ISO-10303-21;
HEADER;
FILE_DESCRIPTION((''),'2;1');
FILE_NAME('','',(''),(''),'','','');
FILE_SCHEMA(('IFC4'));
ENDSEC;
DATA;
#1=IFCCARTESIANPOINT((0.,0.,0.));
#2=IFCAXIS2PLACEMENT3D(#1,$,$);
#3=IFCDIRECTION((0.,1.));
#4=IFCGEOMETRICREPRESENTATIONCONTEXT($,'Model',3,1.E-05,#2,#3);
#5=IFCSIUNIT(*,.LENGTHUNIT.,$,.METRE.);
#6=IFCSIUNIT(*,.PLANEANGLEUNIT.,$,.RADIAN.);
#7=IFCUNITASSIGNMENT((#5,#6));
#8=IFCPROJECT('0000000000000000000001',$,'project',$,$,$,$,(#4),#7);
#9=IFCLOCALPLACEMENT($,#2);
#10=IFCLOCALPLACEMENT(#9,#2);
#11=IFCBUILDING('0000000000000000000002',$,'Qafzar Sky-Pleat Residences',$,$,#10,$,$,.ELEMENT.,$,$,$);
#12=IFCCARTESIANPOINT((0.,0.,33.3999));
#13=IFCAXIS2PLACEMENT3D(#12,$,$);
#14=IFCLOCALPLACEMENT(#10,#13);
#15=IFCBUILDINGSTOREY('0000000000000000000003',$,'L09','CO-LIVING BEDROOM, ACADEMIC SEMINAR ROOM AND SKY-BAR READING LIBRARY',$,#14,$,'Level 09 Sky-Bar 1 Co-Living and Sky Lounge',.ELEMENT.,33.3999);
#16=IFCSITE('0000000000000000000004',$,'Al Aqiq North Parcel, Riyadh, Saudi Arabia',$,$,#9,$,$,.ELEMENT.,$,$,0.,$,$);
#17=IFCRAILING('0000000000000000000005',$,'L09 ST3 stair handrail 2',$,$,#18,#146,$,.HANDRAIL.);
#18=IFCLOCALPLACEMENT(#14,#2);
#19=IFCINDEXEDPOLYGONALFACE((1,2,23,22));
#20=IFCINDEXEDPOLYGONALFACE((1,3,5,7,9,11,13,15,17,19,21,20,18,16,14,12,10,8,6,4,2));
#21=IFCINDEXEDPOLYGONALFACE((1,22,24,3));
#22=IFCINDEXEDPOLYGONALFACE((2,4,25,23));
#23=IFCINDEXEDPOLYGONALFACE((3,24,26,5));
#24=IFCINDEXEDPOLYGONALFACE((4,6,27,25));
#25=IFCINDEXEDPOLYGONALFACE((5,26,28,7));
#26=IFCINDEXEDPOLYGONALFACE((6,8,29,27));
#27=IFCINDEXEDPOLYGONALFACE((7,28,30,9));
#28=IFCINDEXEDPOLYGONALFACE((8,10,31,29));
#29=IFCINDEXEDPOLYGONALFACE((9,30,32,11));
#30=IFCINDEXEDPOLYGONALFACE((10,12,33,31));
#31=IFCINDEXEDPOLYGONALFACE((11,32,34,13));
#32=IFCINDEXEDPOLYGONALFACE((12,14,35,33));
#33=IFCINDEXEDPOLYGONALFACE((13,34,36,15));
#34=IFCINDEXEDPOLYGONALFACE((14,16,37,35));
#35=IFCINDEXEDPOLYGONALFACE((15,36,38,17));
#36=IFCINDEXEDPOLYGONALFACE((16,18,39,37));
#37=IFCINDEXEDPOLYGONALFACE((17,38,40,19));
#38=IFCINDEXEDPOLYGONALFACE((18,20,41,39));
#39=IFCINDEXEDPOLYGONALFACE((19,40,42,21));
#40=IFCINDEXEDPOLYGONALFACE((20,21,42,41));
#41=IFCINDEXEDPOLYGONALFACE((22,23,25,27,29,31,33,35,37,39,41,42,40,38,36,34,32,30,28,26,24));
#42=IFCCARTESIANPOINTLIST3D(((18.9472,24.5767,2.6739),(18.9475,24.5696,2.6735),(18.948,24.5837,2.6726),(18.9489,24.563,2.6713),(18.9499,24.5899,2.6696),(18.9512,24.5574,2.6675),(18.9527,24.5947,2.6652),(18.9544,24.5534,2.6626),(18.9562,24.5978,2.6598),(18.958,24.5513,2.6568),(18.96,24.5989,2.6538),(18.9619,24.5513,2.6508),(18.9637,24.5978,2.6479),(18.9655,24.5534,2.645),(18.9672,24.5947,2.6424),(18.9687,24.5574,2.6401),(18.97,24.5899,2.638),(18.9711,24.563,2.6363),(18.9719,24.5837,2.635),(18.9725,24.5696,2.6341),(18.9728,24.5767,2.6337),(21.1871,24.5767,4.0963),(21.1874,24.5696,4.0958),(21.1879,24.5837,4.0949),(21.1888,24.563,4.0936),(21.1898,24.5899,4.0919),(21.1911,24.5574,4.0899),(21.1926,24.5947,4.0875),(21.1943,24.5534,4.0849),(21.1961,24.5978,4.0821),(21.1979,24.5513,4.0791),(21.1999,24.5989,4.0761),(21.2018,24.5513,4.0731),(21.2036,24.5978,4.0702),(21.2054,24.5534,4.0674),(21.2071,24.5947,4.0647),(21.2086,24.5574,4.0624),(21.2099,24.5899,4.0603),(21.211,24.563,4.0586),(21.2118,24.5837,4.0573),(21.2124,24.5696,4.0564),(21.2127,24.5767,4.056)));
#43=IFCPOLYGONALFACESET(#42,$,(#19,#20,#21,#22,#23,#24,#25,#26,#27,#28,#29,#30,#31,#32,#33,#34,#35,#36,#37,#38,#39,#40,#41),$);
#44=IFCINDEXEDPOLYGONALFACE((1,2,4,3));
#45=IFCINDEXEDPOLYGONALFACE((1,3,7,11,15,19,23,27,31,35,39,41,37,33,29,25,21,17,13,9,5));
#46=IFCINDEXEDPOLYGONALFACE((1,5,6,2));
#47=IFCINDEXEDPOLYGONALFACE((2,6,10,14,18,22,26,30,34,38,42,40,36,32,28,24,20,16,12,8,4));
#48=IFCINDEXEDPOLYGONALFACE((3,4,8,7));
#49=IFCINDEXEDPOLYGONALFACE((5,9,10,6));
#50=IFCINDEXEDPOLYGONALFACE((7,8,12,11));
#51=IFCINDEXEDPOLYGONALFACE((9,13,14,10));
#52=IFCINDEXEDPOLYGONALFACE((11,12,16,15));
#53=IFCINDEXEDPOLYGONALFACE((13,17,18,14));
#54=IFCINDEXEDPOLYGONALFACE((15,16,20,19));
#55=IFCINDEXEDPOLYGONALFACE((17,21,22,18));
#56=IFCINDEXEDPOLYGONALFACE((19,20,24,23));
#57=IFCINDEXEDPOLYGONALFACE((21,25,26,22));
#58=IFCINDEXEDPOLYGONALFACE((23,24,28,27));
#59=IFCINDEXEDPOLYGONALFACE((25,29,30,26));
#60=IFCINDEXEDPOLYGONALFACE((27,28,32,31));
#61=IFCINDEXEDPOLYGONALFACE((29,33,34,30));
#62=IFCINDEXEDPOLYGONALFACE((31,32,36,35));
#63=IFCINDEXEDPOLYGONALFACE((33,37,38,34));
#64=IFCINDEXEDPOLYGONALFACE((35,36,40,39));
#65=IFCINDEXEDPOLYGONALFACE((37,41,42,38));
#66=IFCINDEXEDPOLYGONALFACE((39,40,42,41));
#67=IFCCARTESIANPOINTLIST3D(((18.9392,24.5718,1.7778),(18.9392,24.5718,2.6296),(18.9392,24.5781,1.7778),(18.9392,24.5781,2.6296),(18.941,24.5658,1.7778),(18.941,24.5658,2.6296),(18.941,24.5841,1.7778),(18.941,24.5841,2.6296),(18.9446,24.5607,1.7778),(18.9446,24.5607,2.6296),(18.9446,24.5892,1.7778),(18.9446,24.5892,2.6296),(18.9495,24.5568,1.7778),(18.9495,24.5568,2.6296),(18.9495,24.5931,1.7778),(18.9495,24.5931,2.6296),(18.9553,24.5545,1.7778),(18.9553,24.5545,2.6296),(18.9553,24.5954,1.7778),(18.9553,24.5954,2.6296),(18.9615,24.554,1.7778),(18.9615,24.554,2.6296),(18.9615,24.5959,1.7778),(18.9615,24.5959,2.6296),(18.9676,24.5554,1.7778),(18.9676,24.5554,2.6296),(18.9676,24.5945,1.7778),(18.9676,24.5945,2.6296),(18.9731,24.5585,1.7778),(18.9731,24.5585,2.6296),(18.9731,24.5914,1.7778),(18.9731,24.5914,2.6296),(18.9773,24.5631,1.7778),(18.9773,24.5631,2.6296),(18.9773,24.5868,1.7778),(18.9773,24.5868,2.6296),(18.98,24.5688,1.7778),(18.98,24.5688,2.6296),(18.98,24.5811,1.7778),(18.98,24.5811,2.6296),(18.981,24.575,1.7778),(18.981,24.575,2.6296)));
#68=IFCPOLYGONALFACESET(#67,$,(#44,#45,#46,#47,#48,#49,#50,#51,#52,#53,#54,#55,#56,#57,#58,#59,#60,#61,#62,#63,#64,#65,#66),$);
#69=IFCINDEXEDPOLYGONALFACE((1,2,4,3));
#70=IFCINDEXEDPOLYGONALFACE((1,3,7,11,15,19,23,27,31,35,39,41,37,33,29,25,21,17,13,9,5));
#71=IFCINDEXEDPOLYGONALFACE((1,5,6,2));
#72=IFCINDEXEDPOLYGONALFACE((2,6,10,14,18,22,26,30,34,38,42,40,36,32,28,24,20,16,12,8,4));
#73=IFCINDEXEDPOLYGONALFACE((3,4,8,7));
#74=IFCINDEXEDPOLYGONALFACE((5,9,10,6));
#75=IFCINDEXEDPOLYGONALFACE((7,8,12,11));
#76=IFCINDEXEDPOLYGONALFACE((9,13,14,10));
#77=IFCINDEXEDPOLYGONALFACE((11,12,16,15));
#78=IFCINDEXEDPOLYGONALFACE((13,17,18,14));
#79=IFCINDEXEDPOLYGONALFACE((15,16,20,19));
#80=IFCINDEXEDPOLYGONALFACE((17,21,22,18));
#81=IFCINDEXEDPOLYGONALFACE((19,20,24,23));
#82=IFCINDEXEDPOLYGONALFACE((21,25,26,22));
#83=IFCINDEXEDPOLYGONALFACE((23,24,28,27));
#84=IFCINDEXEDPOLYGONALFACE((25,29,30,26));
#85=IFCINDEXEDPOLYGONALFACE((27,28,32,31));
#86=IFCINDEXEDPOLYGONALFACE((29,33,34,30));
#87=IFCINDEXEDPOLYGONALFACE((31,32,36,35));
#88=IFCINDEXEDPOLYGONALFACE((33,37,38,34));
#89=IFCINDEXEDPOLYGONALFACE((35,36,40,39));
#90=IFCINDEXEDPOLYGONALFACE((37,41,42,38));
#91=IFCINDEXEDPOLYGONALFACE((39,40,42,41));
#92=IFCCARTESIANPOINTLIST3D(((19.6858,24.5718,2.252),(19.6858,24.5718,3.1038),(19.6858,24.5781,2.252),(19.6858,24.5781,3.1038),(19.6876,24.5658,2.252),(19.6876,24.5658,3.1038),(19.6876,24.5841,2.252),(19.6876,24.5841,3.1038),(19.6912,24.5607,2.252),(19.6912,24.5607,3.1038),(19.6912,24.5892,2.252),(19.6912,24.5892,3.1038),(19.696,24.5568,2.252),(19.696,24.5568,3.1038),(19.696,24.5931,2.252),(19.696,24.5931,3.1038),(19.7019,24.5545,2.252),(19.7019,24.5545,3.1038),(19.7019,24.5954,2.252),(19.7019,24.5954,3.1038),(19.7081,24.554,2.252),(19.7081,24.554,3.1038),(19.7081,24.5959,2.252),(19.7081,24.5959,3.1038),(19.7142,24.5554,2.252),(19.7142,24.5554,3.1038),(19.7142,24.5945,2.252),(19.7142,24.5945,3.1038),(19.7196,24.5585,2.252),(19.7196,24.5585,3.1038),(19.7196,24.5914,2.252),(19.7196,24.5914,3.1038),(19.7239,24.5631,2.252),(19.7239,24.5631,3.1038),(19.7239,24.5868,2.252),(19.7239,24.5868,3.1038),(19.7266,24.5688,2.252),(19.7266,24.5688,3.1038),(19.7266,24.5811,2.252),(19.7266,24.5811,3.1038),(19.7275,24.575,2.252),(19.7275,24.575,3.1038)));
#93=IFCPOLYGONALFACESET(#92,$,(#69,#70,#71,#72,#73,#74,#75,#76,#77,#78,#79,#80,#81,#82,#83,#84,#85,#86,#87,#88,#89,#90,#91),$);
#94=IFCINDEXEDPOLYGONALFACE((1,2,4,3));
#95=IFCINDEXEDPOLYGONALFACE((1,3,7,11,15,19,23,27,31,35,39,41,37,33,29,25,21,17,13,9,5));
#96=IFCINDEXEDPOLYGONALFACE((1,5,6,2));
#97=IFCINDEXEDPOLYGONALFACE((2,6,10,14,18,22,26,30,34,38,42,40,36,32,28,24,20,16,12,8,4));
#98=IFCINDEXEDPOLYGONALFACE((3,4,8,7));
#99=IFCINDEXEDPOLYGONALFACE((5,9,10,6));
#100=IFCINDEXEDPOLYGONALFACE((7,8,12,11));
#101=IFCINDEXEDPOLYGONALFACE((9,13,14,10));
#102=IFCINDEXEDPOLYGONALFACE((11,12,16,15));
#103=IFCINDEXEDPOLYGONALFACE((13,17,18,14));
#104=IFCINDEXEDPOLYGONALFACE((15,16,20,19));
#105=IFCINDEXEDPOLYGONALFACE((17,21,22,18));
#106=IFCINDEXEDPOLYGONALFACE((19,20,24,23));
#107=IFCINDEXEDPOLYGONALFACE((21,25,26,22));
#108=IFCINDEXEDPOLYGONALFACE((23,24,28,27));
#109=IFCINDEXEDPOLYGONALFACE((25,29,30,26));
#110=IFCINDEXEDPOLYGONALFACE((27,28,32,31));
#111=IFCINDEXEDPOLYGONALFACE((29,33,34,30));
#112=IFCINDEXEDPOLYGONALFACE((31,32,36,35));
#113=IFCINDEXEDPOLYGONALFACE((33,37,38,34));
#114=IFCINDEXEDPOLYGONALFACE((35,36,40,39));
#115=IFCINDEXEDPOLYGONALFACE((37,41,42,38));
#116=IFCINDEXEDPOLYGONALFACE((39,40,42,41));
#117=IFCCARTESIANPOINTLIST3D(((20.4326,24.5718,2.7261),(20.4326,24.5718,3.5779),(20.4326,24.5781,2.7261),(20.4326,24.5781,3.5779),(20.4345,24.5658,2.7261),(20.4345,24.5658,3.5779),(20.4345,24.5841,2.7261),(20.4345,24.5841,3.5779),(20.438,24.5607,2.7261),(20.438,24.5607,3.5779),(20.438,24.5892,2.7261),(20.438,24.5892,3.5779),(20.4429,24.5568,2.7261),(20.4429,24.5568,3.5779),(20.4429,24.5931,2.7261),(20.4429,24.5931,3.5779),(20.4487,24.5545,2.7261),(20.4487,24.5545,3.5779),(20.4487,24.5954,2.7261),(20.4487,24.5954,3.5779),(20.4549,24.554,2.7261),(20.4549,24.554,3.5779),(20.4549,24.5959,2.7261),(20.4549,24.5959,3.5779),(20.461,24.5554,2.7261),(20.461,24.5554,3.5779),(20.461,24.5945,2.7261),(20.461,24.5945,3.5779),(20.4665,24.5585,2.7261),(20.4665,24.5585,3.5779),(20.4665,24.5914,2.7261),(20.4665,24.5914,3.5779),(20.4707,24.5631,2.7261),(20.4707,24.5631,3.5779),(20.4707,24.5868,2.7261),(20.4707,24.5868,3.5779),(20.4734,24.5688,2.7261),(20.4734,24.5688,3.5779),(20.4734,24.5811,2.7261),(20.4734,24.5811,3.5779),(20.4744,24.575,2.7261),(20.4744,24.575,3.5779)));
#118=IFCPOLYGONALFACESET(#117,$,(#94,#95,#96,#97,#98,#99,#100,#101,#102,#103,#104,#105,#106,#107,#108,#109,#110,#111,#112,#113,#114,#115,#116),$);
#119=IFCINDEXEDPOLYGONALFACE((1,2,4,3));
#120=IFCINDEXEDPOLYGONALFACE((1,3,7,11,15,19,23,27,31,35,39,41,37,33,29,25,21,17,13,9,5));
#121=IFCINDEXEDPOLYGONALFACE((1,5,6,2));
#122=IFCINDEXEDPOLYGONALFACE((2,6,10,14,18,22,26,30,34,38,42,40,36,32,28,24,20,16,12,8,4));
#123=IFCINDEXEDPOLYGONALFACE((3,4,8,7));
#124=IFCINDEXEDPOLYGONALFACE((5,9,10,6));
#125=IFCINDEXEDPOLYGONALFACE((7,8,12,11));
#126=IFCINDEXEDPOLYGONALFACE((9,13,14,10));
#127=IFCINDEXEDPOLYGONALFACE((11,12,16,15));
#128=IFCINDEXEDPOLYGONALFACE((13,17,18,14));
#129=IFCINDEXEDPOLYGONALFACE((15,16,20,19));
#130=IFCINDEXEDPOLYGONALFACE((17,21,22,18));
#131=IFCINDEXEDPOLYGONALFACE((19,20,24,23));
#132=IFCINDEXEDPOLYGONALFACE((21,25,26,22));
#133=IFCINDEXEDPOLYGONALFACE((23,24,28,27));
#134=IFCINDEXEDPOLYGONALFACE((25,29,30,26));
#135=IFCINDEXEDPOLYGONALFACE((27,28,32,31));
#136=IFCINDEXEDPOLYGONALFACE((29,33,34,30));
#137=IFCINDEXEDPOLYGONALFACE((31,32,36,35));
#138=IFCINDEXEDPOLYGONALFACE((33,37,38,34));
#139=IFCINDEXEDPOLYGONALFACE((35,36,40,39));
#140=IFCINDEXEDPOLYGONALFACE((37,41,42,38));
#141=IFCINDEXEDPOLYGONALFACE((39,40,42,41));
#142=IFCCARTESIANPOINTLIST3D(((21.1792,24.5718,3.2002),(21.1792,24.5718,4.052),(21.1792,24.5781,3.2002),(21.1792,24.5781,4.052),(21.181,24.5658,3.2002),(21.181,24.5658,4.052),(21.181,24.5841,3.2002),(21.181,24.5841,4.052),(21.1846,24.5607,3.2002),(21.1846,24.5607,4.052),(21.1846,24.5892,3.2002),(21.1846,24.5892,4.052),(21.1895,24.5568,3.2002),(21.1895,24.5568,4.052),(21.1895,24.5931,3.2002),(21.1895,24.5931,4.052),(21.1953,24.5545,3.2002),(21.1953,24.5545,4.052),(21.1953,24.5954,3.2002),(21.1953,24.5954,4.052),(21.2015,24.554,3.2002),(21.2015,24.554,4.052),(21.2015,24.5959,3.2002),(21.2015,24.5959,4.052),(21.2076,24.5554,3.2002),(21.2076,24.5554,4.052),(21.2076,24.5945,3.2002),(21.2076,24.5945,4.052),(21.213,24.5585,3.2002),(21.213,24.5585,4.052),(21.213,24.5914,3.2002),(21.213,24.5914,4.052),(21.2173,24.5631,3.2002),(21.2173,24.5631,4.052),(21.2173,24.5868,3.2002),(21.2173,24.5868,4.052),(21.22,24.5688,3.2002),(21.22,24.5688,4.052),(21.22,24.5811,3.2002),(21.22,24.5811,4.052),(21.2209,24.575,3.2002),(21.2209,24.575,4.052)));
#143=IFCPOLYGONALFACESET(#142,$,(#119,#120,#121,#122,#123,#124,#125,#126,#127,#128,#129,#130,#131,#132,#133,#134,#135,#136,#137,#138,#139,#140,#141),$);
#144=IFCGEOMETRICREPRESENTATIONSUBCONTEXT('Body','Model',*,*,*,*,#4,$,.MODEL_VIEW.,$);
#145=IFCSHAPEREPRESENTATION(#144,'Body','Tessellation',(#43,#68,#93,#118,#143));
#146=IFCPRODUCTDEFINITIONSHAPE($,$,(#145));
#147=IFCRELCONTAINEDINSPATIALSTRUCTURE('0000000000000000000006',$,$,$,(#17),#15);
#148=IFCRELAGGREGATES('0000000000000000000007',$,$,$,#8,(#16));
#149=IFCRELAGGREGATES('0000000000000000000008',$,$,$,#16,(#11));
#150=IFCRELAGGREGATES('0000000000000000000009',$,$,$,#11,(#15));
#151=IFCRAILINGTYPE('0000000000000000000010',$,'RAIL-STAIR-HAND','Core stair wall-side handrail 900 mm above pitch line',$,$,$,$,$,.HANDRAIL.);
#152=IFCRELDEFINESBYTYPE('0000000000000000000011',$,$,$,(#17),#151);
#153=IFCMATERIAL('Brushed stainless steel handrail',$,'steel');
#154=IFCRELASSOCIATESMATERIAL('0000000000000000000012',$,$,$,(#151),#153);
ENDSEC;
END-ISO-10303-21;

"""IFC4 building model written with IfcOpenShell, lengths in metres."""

from ifc_helpers import new_model, si_unit, direction, frame, origin, origin_2d, place, context, subcontext, project, spatial, circle, extrude, source, transform, mapped, material, type_object, element, save


model = new_model("IFC4")

# Units and contexts
model_context = context("Model", 3, precision=1e-05, world=origin(), true_north=direction((0.0, 1.0)))
body_context = subcontext(model_context, "Body", "Model", "MODEL_VIEW")
ifc_project = project(units=[si_unit("LENGTHUNIT", "METRE"), si_unit("PLANEANGLEUNIT", "RADIAN")], contexts=[model_context])

# Site, building, storey
site_placement = place(None, origin())
site = spatial("IfcSite", under=ifc_project, at=site_placement, Name="Al Aqiq North Parcel, Riyadh, Saudi Arabia", CompositionType="ELEMENT", RefElevation=0.0)
building_placement = place(site_placement, origin())
building = spatial("IfcBuilding", under=site, at=building_placement, Name="Qafzar Sky-Pleat Residences", CompositionType="ELEMENT")
storey_placement = place(building_placement, frame((0.0, 0.0, 33.3999)))
storey = spatial("IfcBuildingStorey", under=building, at=storey_placement, Name="L09", Description="CO-LIVING BEDROOM, ACADEMIC SEMINAR ROOM AND SKY-BAR READING LIBRARY", LongName="Level 09 Sky-Bar 1 Co-Living and Sky Lounge", CompositionType="ELEMENT", Elevation=33.3999)

# Railing
ifc_material_1 = material(Name="Brushed stainless steel handrail", Category="steel")
railing_type_1 = type_object("IfcRailingType", Name="RAIL-STAIR-HAND", Description="Core stair wall-side handrail 900 mm above pitch line", PredefinedType="HANDRAIL", material=ifc_material_1)
shared_shape_1 = source(origin(), body_context, "Body", "SweptSolid", [
    extrude(circle(Radius=0.0239, at=origin_2d()), frame((0.0, 0.0, 0.876), z_axis=(0.844188, 0.0, 0.536048), x_axis=(0.0, 1.0, 0.0)), (0.0, 0.0, 1.0), 2.6533),
    extrude(circle(Radius=0.021, at=origin_2d()), origin(), (0.0, 0.0, 1.0), 0.8518),
    extrude(circle(Radius=0.021, at=origin_2d()), frame((0.7466, 0.0, 0.4741)), (0.0, 0.0, 1.0), 0.8518),
    extrude(circle(Radius=0.021, at=origin_2d()), frame((1.4934, 0.0, 0.9482)), (0.0, 0.0, 1.0), 0.8518),
    extrude(circle(Radius=0.021, at=origin_2d()), frame((2.24, 0.0, 1.4224)), (0.0, 0.0, 1.0), 0.8518),
])
railing_1_placement = place(storey_placement, frame((18.96, 24.575, 1.7778)))
element("IfcRailing", 1, at=railing_1_placement, inside=storey, type_object=railing_type_1, Name="L09 ST3 stair handrail 2", PredefinedType="HANDRAIL", context=body_context, shape_type="MappedRepresentation", body=[
    mapped(shared_shape_1, transform((0.0, 0.0, 0.0), x_axis=(1.0, 0.0, 0.0), y_axis=(0.0, 1.0, 0.0), z_axis=(0.0, 0.0, 1.0), scale=1.0)),
])

save(model, "model.ifc")
